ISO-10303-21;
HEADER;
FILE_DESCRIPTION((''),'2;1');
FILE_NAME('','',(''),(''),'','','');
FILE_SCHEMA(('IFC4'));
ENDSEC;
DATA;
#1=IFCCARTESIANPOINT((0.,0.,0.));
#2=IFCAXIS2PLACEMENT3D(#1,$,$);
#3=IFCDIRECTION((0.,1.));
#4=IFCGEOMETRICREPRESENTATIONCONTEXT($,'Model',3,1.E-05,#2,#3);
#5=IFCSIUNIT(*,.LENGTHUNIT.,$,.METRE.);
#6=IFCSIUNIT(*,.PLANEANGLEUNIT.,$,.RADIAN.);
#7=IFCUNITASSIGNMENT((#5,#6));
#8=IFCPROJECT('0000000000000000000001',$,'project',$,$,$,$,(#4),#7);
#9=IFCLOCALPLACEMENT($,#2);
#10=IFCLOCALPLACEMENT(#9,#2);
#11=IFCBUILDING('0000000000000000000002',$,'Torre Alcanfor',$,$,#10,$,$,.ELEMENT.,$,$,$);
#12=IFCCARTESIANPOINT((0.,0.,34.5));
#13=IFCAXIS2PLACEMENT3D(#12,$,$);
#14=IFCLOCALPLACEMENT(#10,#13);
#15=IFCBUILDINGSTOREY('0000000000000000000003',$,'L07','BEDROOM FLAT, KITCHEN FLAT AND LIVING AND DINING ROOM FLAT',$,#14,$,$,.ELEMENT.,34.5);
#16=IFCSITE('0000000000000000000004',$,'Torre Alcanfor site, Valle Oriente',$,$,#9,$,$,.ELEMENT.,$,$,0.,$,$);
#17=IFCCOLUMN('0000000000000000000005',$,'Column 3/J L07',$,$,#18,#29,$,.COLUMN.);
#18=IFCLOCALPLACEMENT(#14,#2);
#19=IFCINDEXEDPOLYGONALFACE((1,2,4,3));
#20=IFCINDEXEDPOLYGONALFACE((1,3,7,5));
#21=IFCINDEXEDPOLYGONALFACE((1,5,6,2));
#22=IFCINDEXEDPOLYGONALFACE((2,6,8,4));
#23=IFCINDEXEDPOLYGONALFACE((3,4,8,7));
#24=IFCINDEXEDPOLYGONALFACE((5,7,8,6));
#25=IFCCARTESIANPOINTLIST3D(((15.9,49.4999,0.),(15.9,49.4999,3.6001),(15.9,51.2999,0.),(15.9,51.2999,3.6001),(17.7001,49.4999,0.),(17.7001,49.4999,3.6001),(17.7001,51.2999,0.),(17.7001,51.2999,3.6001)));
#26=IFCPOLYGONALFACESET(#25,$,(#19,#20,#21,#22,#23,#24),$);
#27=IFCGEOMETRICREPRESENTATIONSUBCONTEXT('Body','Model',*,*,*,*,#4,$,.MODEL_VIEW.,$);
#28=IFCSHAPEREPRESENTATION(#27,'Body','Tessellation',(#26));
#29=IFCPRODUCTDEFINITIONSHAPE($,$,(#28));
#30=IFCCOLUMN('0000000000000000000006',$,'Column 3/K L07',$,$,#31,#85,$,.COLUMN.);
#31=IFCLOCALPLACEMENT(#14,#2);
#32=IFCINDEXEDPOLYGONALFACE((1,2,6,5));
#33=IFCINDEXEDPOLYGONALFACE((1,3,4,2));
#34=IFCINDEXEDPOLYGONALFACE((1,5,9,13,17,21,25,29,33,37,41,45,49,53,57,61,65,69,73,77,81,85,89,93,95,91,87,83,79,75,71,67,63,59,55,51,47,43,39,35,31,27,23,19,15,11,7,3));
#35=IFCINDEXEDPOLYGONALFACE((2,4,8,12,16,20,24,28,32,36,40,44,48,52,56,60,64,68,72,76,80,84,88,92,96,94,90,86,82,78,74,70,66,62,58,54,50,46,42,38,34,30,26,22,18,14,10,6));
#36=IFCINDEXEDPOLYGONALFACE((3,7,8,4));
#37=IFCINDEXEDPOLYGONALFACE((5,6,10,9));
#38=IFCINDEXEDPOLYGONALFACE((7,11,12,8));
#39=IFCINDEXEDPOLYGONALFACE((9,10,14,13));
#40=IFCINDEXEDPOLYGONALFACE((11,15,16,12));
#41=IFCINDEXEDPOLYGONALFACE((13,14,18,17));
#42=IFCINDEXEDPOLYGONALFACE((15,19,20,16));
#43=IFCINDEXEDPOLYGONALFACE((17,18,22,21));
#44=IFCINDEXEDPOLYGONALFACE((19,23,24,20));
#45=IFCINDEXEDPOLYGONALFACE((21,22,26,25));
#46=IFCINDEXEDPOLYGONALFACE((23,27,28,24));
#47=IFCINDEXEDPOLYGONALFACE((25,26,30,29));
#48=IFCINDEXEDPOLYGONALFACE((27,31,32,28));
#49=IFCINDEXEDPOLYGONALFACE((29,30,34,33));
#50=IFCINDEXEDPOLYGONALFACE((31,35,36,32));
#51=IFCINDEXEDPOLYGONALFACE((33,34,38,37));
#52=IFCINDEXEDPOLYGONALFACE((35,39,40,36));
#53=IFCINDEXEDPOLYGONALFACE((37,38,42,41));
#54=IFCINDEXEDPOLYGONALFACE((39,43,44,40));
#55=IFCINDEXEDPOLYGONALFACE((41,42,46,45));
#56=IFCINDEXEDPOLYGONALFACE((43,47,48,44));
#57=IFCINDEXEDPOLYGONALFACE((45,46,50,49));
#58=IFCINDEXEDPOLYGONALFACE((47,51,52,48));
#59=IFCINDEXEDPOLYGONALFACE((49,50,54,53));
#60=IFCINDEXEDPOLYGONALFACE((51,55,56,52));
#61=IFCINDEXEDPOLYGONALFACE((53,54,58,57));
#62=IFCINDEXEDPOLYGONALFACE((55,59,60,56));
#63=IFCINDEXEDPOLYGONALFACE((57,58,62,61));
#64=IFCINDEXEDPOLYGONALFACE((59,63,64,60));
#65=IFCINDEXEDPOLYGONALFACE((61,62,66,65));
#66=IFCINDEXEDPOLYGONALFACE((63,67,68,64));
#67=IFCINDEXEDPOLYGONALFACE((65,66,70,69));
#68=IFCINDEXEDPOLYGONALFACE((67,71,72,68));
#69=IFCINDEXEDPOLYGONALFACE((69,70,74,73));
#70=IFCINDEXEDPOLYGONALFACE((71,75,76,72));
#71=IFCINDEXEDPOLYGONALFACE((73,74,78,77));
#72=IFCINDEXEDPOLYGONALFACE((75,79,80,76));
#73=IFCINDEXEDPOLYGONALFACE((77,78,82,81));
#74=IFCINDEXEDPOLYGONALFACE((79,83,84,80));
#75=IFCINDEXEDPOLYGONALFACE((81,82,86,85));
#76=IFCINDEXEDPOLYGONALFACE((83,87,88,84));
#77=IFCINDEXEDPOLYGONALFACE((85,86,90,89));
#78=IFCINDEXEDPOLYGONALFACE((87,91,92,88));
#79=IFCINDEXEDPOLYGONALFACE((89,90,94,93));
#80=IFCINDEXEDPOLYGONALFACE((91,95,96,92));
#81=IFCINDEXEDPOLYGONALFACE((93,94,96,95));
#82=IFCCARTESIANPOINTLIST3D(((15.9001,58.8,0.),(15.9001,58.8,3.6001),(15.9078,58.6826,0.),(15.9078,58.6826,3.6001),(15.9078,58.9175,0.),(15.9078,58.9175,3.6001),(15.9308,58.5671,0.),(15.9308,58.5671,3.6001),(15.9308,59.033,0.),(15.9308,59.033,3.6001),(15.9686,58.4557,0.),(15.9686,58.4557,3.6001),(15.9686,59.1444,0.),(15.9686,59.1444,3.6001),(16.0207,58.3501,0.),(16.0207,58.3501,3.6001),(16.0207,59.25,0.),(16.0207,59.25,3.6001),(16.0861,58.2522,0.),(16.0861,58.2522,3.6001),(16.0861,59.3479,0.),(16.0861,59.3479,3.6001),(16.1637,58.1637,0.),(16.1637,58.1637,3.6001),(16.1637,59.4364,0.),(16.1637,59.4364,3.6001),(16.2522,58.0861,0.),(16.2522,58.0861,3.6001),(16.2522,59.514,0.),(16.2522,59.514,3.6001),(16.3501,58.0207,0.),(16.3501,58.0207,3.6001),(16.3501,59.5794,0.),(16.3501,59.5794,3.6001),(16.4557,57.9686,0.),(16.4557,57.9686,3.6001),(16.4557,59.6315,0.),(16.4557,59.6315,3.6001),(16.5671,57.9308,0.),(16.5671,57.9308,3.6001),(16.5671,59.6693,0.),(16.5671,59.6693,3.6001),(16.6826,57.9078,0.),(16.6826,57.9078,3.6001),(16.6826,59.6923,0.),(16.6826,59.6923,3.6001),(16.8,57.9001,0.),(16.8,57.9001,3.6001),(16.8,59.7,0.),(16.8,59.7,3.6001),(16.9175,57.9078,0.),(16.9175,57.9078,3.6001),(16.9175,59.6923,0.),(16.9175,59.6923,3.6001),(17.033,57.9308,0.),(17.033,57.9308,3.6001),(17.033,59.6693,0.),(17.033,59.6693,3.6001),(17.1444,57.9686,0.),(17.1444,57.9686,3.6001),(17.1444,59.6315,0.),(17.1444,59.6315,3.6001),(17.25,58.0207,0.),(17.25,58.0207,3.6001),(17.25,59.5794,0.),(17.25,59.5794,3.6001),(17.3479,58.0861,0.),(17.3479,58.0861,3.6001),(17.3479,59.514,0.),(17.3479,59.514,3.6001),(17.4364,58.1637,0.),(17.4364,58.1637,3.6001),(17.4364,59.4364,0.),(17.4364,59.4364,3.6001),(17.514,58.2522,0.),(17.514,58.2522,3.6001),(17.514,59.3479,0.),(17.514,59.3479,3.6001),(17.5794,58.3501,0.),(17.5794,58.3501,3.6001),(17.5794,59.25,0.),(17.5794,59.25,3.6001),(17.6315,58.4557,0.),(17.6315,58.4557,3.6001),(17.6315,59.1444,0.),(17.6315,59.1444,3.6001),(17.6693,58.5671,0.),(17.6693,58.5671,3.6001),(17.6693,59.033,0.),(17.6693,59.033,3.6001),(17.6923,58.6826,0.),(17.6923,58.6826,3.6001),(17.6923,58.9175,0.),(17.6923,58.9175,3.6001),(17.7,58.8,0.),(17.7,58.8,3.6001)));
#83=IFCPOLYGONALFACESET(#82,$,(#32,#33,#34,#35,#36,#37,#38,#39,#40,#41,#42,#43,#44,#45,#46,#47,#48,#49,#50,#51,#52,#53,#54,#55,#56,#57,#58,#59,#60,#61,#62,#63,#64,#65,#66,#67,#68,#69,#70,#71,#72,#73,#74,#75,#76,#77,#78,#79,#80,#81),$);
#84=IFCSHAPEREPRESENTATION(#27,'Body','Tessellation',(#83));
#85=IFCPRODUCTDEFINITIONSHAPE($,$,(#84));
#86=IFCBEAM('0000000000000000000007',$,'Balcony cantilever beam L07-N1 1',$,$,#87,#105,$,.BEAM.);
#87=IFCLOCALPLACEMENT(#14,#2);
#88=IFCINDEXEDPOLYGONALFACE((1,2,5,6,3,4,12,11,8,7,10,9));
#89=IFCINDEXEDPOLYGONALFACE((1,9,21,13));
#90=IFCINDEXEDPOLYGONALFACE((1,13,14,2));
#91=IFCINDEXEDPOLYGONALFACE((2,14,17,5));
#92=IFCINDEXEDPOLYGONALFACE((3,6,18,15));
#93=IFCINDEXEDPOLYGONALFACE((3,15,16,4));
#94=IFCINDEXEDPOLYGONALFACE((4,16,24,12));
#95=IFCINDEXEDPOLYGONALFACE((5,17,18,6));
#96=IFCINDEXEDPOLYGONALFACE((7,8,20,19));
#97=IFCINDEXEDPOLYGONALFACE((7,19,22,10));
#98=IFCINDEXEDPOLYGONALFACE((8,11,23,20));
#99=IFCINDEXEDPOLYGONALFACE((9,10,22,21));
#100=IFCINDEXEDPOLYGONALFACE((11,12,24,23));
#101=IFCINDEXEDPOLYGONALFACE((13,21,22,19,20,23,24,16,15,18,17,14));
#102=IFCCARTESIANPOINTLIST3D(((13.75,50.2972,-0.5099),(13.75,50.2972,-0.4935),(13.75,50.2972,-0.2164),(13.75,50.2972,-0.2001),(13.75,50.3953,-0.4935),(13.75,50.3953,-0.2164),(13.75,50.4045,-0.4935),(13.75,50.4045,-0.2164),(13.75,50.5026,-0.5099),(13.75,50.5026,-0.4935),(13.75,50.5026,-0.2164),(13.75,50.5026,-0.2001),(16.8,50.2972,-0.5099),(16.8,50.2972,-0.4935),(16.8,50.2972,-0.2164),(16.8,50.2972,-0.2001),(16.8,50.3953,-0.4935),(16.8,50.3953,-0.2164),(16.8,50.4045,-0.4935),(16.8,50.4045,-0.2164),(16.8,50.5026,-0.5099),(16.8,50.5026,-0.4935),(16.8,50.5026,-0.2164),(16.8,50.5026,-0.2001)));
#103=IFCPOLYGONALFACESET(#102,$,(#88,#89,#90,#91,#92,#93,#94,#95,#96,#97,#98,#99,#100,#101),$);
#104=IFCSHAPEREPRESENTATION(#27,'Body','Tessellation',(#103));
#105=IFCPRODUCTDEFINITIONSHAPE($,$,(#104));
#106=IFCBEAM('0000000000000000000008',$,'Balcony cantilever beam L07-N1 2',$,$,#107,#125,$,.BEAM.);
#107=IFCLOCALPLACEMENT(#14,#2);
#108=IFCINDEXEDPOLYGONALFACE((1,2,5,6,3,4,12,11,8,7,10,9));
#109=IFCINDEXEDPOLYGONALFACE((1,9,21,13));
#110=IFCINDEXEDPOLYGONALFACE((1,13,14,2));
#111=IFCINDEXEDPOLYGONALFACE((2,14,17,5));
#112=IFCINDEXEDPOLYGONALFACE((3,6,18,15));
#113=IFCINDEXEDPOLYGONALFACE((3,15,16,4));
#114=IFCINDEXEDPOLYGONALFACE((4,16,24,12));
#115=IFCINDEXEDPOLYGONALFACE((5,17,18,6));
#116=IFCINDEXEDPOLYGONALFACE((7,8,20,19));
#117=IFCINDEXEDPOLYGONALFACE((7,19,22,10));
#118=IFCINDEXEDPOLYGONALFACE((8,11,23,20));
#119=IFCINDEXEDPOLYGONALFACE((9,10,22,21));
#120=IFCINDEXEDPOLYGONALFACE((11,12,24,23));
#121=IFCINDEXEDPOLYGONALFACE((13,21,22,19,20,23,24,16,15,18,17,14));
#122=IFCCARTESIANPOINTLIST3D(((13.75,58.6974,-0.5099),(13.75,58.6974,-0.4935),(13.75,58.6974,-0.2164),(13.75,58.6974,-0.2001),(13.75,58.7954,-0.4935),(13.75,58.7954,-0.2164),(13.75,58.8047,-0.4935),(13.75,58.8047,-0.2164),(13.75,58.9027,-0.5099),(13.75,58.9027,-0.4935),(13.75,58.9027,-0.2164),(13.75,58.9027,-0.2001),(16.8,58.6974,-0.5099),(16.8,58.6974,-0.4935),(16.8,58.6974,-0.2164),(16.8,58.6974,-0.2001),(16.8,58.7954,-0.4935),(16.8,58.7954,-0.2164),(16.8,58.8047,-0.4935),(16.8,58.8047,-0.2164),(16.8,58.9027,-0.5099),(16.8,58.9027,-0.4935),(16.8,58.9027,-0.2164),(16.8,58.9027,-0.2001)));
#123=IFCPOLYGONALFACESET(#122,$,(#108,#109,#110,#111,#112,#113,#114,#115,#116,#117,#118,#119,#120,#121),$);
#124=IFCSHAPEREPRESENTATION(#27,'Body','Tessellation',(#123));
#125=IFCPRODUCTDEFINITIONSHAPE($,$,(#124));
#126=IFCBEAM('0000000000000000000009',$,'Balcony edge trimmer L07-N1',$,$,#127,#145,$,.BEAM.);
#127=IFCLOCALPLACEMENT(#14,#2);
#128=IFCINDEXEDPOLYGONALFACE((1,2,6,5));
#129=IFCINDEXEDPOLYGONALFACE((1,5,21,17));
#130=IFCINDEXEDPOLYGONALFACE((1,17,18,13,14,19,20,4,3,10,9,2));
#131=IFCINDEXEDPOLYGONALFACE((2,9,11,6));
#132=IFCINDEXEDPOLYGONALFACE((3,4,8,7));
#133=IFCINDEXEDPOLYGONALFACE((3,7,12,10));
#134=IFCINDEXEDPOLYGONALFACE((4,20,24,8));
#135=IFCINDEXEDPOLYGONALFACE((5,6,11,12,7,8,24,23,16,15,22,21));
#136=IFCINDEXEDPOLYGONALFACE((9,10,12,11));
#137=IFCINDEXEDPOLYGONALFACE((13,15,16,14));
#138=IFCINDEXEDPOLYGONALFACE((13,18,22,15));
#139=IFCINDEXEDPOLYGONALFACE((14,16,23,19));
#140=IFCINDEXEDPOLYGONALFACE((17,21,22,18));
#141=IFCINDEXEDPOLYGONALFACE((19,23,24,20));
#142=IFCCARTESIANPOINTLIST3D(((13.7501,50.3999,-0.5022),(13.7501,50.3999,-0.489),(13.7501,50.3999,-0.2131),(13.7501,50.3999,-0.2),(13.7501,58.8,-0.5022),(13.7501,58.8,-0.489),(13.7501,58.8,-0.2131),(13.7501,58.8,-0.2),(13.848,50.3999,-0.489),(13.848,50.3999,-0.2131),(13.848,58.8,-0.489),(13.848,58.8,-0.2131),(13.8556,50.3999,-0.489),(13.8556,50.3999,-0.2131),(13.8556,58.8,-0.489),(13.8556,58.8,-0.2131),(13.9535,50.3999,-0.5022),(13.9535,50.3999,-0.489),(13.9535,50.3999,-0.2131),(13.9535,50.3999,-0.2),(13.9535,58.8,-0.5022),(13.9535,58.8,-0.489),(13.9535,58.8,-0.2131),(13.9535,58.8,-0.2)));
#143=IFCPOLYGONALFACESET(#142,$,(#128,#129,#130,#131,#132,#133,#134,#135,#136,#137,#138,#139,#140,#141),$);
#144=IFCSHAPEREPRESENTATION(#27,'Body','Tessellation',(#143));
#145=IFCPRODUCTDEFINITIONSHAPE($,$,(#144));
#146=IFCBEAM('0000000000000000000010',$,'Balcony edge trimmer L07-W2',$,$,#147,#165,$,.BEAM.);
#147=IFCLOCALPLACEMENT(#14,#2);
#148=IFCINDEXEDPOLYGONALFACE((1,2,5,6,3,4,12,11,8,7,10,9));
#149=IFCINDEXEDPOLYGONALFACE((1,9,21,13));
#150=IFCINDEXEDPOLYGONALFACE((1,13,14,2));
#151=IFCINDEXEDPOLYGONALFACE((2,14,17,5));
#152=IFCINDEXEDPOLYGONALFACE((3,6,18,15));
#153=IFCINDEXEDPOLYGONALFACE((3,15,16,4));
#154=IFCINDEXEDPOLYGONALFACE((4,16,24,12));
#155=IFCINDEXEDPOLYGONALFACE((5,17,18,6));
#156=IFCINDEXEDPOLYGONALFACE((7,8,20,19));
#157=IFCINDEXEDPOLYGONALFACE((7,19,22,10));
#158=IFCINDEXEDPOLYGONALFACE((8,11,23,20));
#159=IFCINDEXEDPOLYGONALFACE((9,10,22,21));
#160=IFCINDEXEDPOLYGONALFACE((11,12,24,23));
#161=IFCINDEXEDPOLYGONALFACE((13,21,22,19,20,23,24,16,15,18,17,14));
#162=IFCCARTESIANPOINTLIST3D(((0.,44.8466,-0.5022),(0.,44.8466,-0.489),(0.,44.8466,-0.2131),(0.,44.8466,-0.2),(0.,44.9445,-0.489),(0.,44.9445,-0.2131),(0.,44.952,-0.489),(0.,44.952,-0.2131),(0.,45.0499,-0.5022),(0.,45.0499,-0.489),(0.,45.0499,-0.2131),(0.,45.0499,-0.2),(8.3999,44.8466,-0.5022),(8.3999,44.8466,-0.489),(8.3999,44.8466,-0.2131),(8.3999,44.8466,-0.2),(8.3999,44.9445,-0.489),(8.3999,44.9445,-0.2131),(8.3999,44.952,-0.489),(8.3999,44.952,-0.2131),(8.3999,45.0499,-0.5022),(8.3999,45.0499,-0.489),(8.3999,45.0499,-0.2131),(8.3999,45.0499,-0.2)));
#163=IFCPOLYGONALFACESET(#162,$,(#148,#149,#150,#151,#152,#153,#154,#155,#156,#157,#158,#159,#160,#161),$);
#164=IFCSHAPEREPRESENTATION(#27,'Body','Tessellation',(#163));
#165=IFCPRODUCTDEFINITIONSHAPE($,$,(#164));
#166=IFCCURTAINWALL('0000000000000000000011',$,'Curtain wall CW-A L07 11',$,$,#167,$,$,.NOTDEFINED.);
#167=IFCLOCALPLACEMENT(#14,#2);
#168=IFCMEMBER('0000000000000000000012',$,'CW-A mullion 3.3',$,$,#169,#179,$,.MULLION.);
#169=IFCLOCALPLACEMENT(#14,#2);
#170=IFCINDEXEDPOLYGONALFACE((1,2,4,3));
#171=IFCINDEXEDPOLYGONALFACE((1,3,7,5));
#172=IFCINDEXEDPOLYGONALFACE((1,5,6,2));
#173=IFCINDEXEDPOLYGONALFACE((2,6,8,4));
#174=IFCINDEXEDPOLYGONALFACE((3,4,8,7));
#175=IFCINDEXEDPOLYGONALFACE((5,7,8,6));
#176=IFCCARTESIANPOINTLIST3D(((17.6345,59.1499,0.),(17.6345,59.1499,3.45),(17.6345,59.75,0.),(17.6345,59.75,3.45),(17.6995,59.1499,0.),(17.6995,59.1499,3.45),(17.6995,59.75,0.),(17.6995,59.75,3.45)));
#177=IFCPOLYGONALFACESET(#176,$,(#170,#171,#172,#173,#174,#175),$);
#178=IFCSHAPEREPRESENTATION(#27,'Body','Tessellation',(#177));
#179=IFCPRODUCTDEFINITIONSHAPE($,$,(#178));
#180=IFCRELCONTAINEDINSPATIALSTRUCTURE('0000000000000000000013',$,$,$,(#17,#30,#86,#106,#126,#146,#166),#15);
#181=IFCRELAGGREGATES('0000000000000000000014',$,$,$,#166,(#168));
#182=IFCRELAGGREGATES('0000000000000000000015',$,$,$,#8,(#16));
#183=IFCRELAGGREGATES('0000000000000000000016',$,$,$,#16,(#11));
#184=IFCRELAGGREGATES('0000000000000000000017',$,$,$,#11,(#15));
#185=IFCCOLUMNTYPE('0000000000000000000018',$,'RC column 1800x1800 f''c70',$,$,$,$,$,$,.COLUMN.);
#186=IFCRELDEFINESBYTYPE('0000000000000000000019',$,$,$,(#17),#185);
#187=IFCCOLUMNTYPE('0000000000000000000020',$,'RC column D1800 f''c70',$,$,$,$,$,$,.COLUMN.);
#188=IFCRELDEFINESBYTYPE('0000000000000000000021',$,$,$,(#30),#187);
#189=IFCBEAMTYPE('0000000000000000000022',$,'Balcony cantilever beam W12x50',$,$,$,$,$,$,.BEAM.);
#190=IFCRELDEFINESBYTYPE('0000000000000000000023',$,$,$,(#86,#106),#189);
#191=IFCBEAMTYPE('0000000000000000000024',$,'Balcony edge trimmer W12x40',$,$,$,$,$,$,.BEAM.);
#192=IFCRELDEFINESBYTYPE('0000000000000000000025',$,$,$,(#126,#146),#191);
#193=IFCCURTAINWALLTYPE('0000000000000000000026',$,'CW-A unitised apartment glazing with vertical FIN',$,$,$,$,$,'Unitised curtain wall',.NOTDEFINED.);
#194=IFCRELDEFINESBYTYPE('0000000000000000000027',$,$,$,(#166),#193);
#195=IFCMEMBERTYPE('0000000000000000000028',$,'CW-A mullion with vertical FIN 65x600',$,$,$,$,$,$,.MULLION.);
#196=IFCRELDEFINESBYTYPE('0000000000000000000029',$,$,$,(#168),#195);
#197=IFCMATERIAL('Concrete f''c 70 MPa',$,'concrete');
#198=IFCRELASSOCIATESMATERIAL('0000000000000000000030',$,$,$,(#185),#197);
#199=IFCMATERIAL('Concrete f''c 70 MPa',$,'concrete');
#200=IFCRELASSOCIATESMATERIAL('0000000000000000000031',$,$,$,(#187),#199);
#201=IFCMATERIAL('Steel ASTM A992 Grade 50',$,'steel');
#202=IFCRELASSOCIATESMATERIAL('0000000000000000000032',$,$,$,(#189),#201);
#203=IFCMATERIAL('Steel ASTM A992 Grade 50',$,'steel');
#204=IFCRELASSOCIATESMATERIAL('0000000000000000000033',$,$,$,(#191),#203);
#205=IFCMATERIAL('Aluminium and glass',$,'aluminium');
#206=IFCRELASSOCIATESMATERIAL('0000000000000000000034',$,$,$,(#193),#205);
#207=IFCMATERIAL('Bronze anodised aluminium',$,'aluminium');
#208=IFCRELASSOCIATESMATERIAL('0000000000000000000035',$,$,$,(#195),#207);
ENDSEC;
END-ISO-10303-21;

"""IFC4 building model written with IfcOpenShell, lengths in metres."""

from ifc_helpers import new_model, si_unit, direction, frame, origin, origin_2d, place, context, subcontext, project, spatial, rectangle, circle, i_section, extrude, material, material_profile, profile_set, type_object, element, aggregate, save


model = new_model("IFC4")

# Units and contexts
model_context = context("Model", 3, precision=1e-05, world=origin(), true_north=direction((0.0, 1.0)))
body_context = subcontext(model_context, "Body", "Model", "MODEL_VIEW")
ifc_project = project(units=[si_unit("LENGTHUNIT", "METRE"), si_unit("PLANEANGLEUNIT", "RADIAN")], contexts=[model_context])

# Site, building, storey
site_placement = place(None, origin())
site = spatial("IfcSite", under=ifc_project, at=site_placement, Name="Torre Alcanfor site, Valle Oriente", CompositionType="ELEMENT", RefElevation=0.0)
building_placement = place(site_placement, origin())
building = spatial("IfcBuilding", under=site, at=building_placement, Name="Torre Alcanfor", CompositionType="ELEMENT")
storey_placement = place(building_placement, frame((0.0, 0.0, 34.5)))
storey = spatial("IfcBuildingStorey", under=building, at=storey_placement, Name="L07", Description="BEDROOM FLAT, KITCHEN FLAT AND LIVING AND DINING ROOM FLAT", CompositionType="ELEMENT", Elevation=34.5)

# Columns
ifc_material_1 = material(Name="Concrete f'c 70 MPa", Category="concrete")
ifc_material_profile_1 = material_profile(ifc_material_1, rectangle(XDim=1.8, YDim=1.8, at=origin_2d()), Name="1800x1800")
ifc_profile_set_1 = profile_set([ifc_material_profile_1], Name="Concrete f'c 70 MPa")
column_type_1 = type_object("IfcColumnType", Name="RC column 1800x1800 f'c70", PredefinedType="COLUMN", material=ifc_profile_set_1)
column_1_placement = place(storey_placement, frame((16.8, 50.3999, 0.0), z_axis=(0.0, 0.0, 1.0), x_axis=(1.0, 0.0, 0.0)))
element("IfcColumn", 1, at=column_1_placement, inside=storey, type_object=column_type_1, Name="Column 3/J L07", PredefinedType="COLUMN", context=body_context, shape_type="SweptSolid", body=[
    extrude(rectangle(XDim=1.8, YDim=1.8, at=origin_2d()), origin(), (0.0, 0.0, 1.0), 3.6001),
])
ifc_material_2 = material(Name="Concrete f'c 70 MPa", Category="concrete")
ifc_material_profile_2 = material_profile(ifc_material_2, circle(Radius=0.8999, at=origin_2d()), Name="D1800")
ifc_profile_set_2 = profile_set([ifc_material_profile_2], Name="Concrete f'c 70 MPa")
column_type_2 = type_object("IfcColumnType", Name="RC column D1800 f'c70", PredefinedType="COLUMN", material=ifc_profile_set_2)
column_2_placement = place(storey_placement, frame((16.8, 58.8, 0.0), z_axis=(0.0, 0.0, 1.0), x_axis=(1.0, 0.0, 0.0)))
element("IfcColumn", 2, at=column_2_placement, inside=storey, type_object=column_type_2, Name="Column 3/K L07", PredefinedType="COLUMN", context=body_context, shape_type="SweptSolid", body=[
    extrude(circle(Radius=0.8999, at=origin_2d()), origin(), (0.0, 0.0, 1.0), 3.6001),
])

# Beams
ifc_material_3 = material(Name="Steel ASTM A992 Grade 50", Category="steel")
ifc_material_profile_3 = material_profile(ifc_material_3, i_section(OverallWidth=0.2053, OverallDepth=0.3098, WebThickness=0.0093, FlangeThickness=0.0164, at=origin_2d()), Name="W12x50")
ifc_profile_set_3 = profile_set([ifc_material_profile_3], Name="Steel ASTM A992 Grade 50")
beam_type_1 = type_object("IfcBeamType", Name="Balcony cantilever beam W12x50", PredefinedType="BEAM", material=ifc_profile_set_3)
for number, where, z_axis, x_axis, name in (
    (3, (16.8, 50.3999, -0.355), (-1.0, 0.0, 0.0), (0.0, -1.0, 0.0), "Balcony cantilever beam L07-N1 1"),
    (4, (16.8, 58.8, -0.355), (-1.0, 0.0, 0.0), (0.0, -1.0, 0.0), "Balcony cantilever beam L07-N1 2"),
):
    element("IfcBeam", number, at=place(storey_placement, frame(where, z_axis=z_axis, x_axis=x_axis)), inside=storey, type_object=beam_type_1, Name=name, PredefinedType="BEAM", context=body_context, shape_type="SweptSolid", body=[
        extrude(i_section(OverallWidth=0.2053, OverallDepth=0.3098, WebThickness=0.0093, FlangeThickness=0.0164, at=origin_2d()), origin(), (0.0, 0.0, 1.0), 3.05),
    ])
ifc_material_4 = material(Name="Steel ASTM A992 Grade 50", Category="steel")
ifc_material_profile_4 = material_profile(ifc_material_4, i_section(OverallWidth=0.2034, OverallDepth=0.3022, WebThickness=0.0076, FlangeThickness=0.0132, at=origin_2d()), Name="W12x40")
ifc_profile_set_4 = profile_set([ifc_material_profile_4], Name="Steel ASTM A992 Grade 50")
beam_type_2 = type_object("IfcBeamType", Name="Balcony edge trimmer W12x40", PredefinedType="BEAM", material=ifc_profile_set_4)
beam_1_placement = place(storey_placement, frame((13.8518, 50.3999, -0.3511), z_axis=(0.0, 1.0, 0.0), x_axis=(-1.0, 0.0, 0.0)))
element("IfcBeam", 5, at=beam_1_placement, inside=storey, type_object=beam_type_2, Name="Balcony edge trimmer L07-N1", PredefinedType="BEAM", context=body_context, shape_type="SweptSolid", body=[
    extrude(i_section(OverallWidth=0.2034, OverallDepth=0.3022, WebThickness=0.0076, FlangeThickness=0.0132, at=origin_2d()), origin(), (0.0, 0.0, 1.0), 8.4001),
])
beam_2_placement = place(storey_placement, frame((8.3999, 44.9482, -0.3511), z_axis=(-1.0, 0.0, 0.0), x_axis=(0.0, -1.0, 0.0)))
element("IfcBeam", 6, at=beam_2_placement, inside=storey, type_object=beam_type_2, Name="Balcony edge trimmer L07-W2", PredefinedType="BEAM", context=body_context, shape_type="SweptSolid", body=[
    extrude(i_section(OverallWidth=0.2034, OverallDepth=0.3022, WebThickness=0.0076, FlangeThickness=0.0132, at=origin_2d()), origin(), (0.0, 0.0, 1.0), 8.3999),
])

# Curtain wall, member
ifc_material_5 = material(Name="Aluminium and glass", Category="aluminium")
curtain_wall_type = type_object("IfcCurtainWallType", Name="CW-A unitised apartment glazing with vertical FIN", ElementType="Unitised curtain wall", PredefinedType="NOTDEFINED", material=ifc_material_5)
curtain_wall_placement = place(storey_placement, origin())
curtain_wall = element("IfcCurtainWall", 7, at=curtain_wall_placement, inside=storey, type_object=curtain_wall_type, Name="Curtain wall CW-A L07 11", PredefinedType="NOTDEFINED")
ifc_material_6 = material(Name="Bronze anodised aluminium", Category="aluminium")
ifc_material_profile_5 = material_profile(ifc_material_6, rectangle(XDim=0.6001, YDim=0.0649, at=origin_2d()), Name="CW-A mullion 65x600")
ifc_profile_set_5 = profile_set([ifc_material_profile_5], Name="Bronze anodised aluminium")
member_type = type_object("IfcMemberType", Name="CW-A mullion with vertical FIN 65x600", PredefinedType="MULLION", material=ifc_profile_set_5)
member_placement = place(storey_placement, frame((17.667, 59.45, 0.0), z_axis=(0.0, 0.0, 1.0), x_axis=(0.0, -1.0, 0.0)))
member = element("IfcMember", 8, at=member_placement, type_object=member_type, Name="CW-A mullion 3.3", PredefinedType="MULLION", context=body_context, shape_type="SweptSolid", body=[
    extrude(rectangle(XDim=0.6001, YDim=0.0649, at=origin_2d()), origin(), (0.0, 0.0, 1.0), 3.45),
])
aggregate(curtain_wall, [member])

save(model, "model.ifc")
